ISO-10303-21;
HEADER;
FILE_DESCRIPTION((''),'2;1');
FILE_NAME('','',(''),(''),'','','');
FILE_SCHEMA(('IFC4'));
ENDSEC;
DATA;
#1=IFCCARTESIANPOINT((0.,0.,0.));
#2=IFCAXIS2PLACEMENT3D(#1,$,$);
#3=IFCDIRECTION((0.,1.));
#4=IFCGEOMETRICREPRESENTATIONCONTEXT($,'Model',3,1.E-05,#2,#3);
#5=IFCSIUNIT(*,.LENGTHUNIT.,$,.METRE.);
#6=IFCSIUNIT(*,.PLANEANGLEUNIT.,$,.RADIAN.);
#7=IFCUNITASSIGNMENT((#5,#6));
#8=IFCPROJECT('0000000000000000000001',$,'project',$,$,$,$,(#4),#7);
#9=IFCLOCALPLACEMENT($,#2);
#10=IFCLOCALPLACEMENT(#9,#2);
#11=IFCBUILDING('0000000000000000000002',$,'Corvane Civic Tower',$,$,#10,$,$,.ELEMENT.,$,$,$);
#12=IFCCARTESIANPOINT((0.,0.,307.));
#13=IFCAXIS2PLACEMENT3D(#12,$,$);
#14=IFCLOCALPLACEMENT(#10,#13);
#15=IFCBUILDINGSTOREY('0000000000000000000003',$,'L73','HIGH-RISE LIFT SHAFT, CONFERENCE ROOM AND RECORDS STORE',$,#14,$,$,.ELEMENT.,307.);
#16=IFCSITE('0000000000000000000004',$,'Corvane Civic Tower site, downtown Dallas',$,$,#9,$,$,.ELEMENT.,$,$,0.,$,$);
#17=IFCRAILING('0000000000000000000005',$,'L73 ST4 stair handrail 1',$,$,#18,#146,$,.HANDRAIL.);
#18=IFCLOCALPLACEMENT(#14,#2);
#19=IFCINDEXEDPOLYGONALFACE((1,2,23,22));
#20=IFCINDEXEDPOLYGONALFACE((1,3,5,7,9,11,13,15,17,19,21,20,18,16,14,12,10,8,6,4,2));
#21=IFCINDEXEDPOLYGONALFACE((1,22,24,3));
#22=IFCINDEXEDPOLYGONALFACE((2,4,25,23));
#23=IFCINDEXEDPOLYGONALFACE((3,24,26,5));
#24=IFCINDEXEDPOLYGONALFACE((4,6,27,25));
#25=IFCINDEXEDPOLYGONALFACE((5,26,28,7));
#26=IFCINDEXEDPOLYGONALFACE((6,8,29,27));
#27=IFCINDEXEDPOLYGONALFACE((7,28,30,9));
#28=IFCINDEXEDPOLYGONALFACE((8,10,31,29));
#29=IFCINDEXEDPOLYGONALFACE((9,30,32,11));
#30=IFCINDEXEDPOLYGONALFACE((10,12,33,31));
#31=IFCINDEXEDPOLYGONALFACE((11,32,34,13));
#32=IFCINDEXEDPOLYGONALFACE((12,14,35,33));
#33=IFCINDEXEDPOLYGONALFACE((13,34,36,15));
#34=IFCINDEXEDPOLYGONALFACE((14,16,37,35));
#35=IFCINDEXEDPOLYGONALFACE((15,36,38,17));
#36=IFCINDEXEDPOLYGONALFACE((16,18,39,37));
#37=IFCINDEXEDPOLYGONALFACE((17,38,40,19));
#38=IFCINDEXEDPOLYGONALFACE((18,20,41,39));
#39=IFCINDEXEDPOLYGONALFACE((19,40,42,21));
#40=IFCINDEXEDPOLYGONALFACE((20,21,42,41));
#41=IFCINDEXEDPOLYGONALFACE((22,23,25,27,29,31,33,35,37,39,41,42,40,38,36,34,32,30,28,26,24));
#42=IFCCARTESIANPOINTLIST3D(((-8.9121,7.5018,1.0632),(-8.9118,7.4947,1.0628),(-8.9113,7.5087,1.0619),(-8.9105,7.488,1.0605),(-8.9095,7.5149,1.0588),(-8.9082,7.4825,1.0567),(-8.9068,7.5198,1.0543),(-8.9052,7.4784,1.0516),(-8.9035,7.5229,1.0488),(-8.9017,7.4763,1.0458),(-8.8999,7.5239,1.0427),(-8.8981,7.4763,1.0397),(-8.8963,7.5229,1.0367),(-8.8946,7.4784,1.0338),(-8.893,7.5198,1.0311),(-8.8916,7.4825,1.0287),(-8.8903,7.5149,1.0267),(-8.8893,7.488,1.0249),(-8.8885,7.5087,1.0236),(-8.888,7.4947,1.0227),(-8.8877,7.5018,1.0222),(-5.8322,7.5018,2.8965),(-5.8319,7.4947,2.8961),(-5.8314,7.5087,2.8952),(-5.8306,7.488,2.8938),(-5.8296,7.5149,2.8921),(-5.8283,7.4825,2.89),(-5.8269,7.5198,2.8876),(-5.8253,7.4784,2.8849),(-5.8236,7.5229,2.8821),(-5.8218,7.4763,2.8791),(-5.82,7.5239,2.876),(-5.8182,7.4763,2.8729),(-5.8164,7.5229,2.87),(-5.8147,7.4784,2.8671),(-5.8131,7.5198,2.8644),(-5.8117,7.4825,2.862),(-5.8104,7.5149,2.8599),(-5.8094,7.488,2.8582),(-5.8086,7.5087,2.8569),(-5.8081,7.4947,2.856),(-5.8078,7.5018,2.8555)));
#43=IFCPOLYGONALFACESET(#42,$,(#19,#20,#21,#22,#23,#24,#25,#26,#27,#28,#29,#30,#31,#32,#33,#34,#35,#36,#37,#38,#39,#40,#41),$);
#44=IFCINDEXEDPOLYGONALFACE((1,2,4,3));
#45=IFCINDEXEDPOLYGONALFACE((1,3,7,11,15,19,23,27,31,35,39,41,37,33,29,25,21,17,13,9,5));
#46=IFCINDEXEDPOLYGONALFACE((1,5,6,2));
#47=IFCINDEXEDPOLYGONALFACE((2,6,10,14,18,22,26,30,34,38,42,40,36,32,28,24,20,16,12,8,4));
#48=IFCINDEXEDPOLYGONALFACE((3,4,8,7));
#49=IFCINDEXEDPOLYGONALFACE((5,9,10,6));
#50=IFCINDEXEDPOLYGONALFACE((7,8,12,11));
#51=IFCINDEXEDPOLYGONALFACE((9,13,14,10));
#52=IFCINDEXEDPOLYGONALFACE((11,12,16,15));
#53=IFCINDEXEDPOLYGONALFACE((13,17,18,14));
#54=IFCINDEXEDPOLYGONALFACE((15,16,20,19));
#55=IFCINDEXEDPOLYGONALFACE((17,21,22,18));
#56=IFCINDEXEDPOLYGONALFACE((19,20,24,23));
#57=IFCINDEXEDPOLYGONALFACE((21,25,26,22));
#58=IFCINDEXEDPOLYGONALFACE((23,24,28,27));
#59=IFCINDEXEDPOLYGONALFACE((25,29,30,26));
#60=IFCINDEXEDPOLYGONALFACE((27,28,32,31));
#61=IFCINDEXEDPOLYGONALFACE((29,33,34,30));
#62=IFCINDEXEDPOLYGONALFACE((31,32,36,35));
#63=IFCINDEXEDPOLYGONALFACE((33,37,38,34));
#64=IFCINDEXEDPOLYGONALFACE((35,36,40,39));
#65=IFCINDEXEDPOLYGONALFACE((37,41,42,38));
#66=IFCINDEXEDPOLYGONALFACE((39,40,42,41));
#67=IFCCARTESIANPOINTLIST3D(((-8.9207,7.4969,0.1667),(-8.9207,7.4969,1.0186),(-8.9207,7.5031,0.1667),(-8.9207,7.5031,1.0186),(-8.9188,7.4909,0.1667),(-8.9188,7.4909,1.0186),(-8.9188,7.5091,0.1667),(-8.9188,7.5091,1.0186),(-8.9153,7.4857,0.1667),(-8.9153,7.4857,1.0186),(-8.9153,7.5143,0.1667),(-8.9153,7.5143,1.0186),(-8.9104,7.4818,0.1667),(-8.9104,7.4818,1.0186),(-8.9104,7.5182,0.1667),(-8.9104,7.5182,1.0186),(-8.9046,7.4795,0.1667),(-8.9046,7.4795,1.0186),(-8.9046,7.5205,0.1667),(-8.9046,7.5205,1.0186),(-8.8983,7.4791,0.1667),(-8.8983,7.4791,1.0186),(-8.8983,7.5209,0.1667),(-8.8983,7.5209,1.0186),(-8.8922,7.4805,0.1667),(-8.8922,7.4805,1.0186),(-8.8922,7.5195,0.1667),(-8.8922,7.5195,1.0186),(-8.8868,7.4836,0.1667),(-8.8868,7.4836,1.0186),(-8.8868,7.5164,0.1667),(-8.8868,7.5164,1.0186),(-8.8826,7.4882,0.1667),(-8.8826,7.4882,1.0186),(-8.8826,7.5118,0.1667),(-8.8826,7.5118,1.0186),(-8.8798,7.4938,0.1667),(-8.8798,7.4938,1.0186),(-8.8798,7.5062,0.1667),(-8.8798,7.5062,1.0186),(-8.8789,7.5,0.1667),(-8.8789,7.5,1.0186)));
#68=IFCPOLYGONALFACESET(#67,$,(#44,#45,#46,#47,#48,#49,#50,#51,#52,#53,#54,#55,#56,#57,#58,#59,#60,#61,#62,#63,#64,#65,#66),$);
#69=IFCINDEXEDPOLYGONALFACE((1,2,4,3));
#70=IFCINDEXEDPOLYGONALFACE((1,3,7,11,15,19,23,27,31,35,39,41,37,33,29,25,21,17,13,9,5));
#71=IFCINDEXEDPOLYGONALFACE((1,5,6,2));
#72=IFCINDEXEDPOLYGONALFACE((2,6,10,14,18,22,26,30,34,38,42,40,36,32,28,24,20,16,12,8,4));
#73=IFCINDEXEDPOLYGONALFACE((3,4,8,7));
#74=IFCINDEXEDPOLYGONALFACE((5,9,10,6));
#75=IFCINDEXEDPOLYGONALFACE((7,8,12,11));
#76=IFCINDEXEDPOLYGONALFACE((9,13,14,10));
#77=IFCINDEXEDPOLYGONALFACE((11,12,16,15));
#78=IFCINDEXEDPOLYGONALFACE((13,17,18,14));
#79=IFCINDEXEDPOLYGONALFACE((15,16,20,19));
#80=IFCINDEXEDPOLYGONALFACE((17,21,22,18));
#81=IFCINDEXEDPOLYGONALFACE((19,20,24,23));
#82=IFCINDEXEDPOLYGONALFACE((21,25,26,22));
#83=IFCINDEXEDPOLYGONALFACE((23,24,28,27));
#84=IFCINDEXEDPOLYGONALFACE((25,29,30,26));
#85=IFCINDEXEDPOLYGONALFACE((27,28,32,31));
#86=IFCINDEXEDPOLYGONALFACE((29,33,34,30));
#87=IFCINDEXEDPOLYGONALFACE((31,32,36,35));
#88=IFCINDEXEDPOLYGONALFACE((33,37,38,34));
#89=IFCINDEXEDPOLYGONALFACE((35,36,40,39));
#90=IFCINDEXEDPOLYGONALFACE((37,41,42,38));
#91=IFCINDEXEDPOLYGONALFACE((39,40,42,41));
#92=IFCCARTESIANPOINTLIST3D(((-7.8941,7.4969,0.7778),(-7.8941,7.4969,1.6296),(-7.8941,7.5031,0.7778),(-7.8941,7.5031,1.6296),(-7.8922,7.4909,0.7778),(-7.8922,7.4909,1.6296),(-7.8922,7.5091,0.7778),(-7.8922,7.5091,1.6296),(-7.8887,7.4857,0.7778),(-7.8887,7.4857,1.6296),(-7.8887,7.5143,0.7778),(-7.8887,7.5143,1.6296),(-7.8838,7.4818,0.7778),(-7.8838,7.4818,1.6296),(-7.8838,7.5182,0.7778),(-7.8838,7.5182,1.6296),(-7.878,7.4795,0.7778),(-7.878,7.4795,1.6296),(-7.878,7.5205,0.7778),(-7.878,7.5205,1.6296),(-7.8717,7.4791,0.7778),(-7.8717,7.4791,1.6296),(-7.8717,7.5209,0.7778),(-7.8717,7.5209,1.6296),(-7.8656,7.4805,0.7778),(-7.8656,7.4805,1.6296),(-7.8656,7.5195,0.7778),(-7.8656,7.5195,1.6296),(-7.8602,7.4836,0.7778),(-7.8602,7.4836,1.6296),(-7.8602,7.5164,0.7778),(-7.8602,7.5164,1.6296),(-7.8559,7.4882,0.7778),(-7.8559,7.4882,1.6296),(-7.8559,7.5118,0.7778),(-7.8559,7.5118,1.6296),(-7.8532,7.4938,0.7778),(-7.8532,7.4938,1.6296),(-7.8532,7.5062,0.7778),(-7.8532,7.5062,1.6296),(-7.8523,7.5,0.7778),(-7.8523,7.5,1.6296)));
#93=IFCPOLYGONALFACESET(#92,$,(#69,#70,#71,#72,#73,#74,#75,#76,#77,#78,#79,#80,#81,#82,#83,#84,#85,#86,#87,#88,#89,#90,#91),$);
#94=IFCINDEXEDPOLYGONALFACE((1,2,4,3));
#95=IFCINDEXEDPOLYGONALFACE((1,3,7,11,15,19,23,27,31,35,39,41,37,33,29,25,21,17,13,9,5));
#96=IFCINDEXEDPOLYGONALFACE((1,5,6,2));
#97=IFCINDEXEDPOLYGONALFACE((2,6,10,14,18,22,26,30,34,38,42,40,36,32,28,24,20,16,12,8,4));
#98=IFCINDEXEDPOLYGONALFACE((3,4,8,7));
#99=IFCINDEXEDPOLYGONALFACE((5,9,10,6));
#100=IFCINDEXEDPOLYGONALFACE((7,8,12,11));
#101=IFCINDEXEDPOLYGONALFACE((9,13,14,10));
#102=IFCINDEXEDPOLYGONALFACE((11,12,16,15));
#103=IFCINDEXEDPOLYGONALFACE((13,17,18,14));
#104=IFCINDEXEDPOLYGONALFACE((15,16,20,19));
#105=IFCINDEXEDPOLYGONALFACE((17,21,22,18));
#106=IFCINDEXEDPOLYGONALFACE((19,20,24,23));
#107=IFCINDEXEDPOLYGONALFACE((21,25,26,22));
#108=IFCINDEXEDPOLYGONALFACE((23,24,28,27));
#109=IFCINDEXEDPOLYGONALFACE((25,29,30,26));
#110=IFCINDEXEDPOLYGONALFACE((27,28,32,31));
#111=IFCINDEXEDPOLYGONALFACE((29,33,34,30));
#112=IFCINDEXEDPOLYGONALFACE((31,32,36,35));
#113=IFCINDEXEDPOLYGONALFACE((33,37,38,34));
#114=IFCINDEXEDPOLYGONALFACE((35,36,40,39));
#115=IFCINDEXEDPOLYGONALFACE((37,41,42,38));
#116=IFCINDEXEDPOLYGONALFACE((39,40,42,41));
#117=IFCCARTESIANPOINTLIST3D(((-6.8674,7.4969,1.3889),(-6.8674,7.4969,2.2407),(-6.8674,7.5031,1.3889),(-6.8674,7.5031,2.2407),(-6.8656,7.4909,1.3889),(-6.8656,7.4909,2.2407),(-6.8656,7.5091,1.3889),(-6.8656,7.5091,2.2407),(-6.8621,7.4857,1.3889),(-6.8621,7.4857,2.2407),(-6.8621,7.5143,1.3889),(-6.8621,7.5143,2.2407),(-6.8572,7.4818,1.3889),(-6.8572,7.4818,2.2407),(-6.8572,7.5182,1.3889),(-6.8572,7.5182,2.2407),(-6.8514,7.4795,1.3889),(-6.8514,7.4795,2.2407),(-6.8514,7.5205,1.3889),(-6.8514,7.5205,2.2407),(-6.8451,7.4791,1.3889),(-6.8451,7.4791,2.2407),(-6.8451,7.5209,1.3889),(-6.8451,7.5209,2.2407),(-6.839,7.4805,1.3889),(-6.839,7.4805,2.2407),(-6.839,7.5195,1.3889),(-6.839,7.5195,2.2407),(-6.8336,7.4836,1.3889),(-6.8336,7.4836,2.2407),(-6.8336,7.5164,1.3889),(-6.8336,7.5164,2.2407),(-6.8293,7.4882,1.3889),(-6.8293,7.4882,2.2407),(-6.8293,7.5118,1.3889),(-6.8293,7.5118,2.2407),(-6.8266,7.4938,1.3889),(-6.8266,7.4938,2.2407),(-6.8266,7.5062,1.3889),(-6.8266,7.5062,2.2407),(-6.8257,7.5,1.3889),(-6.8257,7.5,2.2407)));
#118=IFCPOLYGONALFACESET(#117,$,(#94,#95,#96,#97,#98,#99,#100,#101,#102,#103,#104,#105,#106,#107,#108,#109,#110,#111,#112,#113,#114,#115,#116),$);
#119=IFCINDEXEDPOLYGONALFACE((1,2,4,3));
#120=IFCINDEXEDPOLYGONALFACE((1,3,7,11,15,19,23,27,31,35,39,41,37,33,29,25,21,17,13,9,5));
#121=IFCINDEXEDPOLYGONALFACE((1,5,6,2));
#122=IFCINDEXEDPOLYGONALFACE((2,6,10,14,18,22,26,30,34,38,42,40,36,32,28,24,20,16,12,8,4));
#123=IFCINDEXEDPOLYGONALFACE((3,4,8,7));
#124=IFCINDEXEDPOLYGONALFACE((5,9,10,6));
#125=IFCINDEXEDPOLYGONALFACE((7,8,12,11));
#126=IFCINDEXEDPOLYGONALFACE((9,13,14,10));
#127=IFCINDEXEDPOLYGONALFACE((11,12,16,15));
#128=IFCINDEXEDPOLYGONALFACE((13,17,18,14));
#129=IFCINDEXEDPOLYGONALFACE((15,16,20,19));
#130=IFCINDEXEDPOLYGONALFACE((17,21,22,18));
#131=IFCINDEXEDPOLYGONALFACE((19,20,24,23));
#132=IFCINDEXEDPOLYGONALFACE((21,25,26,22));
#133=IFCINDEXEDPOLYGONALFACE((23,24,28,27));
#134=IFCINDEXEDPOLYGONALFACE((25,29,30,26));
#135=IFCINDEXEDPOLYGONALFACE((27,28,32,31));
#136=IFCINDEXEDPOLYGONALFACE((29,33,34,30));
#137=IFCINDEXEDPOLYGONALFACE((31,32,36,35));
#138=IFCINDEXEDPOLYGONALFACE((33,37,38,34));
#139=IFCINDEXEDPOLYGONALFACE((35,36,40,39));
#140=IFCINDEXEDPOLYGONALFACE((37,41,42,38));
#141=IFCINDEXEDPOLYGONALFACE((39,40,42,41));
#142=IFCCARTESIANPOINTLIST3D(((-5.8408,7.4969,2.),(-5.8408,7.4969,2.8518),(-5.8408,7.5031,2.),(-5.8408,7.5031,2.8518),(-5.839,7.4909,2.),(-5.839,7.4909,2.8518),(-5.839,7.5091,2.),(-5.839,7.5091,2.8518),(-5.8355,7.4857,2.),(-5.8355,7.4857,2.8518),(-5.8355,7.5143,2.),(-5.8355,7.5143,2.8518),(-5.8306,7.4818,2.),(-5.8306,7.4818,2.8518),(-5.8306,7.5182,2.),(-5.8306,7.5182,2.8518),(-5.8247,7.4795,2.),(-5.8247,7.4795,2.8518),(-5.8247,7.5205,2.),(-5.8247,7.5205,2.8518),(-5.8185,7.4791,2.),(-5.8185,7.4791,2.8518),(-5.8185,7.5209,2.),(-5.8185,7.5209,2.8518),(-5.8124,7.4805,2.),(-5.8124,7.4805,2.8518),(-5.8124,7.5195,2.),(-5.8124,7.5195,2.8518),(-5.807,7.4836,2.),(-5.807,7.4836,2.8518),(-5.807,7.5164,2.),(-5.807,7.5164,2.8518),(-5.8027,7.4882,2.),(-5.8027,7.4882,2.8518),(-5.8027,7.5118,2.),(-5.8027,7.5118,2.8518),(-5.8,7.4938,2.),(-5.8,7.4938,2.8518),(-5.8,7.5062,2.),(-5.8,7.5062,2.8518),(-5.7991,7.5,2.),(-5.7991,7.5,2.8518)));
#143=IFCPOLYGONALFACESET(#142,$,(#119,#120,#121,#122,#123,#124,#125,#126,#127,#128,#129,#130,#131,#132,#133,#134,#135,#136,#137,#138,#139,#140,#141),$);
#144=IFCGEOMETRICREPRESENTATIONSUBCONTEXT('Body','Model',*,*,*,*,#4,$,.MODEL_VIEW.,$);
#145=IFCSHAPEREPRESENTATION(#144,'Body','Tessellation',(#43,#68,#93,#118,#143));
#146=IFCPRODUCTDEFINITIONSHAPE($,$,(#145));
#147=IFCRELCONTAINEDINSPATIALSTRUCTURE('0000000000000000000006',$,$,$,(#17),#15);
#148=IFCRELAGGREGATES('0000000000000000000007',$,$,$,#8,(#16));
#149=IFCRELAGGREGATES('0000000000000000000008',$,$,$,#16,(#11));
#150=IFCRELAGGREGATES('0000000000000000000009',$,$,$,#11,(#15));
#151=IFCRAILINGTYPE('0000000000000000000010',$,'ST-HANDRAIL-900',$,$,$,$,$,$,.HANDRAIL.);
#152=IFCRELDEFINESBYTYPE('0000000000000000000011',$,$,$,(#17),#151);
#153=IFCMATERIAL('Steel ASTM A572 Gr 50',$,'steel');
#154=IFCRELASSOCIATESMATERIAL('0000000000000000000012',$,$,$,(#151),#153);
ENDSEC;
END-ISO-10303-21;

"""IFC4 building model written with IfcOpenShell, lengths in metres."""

from ifc_helpers import new_model, si_unit, direction, frame, origin, origin_2d, place, context, subcontext, project, spatial, circle, extrude, material, type_object, element, save


model = new_model("IFC4")

# Units and contexts
model_context = context("Model", 3, precision=1e-05, world=origin(), true_north=direction((0.0, 1.0)))
body_context = subcontext(model_context, "Body", "Model", "MODEL_VIEW")
ifc_project = project(units=[si_unit("LENGTHUNIT", "METRE"), si_unit("PLANEANGLEUNIT", "RADIAN")], contexts=[model_context])

# Site, building, storey
site_placement = place(None, origin())
site = spatial("IfcSite", under=ifc_project, at=site_placement, Name="Corvane Civic Tower site, downtown Dallas", CompositionType="ELEMENT", RefElevation=0.0)
building_placement = place(site_placement, origin())
building = spatial("IfcBuilding", under=site, at=building_placement, Name="Corvane Civic Tower", CompositionType="ELEMENT")
storey_placement = place(building_placement, frame((0.0, 0.0, 307.0)))
storey = spatial("IfcBuildingStorey", under=building, at=storey_placement, Name="L73", Description="HIGH-RISE LIFT SHAFT, CONFERENCE ROOM AND RECORDS STORE", CompositionType="ELEMENT", Elevation=307.0)

# Railing
ifc_material_1 = material(Name="Steel ASTM A572 Gr 50", Category="steel")
railing_type_1 = type_object("IfcRailingType", Name="ST-HANDRAIL-900", PredefinedType="HANDRAIL", material=ifc_material_1)
railing_1_placement = place(storey_placement, frame((-8.8999, 7.5, 0.1667)))
element("IfcRailing", 1, at=railing_1_placement, inside=storey, type_object=railing_type_1, Name="L73 ST4 stair handrail 1", PredefinedType="HANDRAIL", context=body_context, shape_type="SweptSolid", body=[
    extrude(circle(Radius=0.0239, at=origin_2d()), frame((0.0, 0.0, 0.876), z_axis=(0.859291, 0.0, 0.511487), x_axis=(0.0, 1.0, 0.0)), (0.0, 0.0, 1.0), 3.5842),
    extrude(circle(Radius=0.021, at=origin_2d()), origin(), (0.0, 0.0, 1.0), 0.8518),
    extrude(circle(Radius=0.021, at=origin_2d()), frame((1.0266, 0.0, 0.6111)), (0.0, 0.0, 1.0), 0.8518),
    extrude(circle(Radius=0.021, at=origin_2d()), frame((2.0532, 0.0, 1.2222)), (0.0, 0.0, 1.0), 0.8518),
    extrude(circle(Radius=0.021, at=origin_2d()), frame((3.0798, 0.0, 1.8333)), (0.0, 0.0, 1.0), 0.8518),
])

save(model, "model.ifc")
